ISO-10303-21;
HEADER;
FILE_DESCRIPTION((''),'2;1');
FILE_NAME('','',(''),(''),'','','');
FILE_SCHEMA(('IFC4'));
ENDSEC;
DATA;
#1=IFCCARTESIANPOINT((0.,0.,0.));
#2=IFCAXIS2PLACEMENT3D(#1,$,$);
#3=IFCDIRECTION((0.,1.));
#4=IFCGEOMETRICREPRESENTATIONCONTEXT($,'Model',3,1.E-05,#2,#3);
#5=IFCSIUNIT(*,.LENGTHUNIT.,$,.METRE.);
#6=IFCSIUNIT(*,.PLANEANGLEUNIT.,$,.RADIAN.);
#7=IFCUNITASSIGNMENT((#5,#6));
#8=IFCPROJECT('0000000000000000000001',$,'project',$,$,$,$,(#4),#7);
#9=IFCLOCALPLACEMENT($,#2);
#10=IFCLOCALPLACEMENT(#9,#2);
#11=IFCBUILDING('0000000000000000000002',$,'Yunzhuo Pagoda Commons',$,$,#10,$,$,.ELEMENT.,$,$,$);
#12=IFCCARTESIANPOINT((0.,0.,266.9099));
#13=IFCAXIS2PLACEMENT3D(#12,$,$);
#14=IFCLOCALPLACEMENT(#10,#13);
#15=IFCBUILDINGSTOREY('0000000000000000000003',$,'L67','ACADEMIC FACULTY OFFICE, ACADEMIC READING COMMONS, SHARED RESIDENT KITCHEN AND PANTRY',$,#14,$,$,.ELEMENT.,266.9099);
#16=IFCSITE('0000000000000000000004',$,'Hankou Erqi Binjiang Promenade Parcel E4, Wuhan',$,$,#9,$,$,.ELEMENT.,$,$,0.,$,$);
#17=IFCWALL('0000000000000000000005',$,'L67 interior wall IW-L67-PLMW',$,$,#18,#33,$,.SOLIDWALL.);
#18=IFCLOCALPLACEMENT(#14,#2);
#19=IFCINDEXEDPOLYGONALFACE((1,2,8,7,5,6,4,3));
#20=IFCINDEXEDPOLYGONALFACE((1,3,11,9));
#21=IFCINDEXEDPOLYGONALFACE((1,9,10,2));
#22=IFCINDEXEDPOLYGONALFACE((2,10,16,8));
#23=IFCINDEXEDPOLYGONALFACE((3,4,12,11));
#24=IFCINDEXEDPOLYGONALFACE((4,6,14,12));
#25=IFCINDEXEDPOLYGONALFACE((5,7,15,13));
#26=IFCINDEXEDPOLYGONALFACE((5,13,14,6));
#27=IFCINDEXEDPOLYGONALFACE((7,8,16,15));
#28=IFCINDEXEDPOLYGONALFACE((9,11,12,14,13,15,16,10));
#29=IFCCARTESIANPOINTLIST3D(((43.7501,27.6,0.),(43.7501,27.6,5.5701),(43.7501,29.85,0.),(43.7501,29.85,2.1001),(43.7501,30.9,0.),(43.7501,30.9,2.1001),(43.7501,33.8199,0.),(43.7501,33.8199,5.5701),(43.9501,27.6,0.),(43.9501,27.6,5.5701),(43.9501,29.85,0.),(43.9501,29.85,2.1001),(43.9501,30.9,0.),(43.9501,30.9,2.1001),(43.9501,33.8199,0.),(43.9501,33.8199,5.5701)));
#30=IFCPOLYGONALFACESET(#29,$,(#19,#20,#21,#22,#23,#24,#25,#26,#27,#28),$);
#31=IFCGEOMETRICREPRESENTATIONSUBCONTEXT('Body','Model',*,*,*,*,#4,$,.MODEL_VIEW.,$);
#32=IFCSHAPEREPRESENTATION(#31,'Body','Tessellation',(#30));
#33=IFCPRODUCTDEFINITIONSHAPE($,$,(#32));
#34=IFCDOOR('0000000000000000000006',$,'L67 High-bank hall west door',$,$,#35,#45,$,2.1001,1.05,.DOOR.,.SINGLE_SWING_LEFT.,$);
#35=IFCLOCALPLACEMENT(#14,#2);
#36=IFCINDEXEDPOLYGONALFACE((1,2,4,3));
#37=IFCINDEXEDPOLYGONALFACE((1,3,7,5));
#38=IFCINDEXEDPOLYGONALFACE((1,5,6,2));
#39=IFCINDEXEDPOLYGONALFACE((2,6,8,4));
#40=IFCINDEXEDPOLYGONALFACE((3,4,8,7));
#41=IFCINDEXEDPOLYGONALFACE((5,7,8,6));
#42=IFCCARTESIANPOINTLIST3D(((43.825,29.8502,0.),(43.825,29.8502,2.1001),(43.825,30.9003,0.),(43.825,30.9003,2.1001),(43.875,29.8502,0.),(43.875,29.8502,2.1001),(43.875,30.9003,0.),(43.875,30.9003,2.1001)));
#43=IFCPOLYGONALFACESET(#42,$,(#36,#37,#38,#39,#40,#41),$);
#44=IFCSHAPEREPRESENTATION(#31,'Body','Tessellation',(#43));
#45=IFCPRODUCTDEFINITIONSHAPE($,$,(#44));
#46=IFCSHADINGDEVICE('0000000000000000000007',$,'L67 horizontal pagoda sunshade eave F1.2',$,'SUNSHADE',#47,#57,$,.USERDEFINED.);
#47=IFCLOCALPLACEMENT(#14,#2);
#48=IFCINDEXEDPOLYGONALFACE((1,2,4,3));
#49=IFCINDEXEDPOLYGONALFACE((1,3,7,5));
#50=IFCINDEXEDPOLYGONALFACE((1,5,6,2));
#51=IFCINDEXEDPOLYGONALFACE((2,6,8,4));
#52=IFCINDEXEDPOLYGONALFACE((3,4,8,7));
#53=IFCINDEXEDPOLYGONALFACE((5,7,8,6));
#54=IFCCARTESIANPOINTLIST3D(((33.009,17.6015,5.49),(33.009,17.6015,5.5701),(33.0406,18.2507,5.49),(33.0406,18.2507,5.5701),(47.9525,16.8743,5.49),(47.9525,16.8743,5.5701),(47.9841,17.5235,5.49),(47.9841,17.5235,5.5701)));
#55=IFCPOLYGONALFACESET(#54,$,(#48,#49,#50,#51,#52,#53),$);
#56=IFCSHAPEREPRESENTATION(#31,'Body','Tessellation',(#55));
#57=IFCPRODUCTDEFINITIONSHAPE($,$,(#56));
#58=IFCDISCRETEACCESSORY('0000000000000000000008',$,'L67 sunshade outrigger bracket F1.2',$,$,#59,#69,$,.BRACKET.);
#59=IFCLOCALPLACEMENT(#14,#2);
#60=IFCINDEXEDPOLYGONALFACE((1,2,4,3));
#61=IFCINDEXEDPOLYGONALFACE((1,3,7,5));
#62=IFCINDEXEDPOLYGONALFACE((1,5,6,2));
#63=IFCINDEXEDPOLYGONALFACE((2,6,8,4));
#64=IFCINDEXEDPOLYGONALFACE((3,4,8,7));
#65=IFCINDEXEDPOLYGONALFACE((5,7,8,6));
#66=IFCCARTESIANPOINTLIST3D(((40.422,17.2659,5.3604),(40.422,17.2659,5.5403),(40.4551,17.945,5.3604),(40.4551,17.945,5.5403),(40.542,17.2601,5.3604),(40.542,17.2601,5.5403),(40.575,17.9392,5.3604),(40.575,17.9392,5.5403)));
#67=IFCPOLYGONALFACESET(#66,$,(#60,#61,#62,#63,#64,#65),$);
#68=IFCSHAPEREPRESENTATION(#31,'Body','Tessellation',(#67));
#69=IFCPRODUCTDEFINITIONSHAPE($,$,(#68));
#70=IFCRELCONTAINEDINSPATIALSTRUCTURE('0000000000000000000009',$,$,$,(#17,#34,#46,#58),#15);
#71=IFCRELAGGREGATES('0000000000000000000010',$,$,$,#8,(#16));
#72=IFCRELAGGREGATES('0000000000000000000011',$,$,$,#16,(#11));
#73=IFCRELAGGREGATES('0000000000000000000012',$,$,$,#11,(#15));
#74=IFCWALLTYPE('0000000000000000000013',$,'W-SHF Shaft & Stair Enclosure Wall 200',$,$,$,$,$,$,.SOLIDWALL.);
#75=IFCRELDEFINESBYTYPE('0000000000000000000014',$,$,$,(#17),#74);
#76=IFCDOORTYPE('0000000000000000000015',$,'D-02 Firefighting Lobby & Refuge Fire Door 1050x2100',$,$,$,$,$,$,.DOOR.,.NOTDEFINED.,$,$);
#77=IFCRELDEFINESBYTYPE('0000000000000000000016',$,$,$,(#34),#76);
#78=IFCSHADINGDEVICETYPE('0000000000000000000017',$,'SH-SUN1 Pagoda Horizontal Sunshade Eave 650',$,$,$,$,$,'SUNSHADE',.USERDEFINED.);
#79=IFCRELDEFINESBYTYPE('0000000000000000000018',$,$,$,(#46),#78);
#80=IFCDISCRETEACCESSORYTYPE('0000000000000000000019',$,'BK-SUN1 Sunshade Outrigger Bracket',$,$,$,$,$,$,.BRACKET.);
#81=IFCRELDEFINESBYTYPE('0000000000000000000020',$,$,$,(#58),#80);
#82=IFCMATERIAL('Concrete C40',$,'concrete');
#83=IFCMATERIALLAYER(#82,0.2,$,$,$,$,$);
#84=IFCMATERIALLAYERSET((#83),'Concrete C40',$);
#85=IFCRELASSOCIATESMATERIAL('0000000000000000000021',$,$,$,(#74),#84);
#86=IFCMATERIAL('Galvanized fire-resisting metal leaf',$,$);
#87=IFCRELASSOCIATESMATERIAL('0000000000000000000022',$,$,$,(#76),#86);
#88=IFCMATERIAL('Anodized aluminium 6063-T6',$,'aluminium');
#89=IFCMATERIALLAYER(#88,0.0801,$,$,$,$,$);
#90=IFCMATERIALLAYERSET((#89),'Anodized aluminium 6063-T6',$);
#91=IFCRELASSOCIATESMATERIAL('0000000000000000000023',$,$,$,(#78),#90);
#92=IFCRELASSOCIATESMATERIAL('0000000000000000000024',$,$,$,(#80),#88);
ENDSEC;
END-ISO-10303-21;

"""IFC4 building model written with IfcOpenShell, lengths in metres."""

from ifc_helpers import new_model, si_unit, direction, frame, frame_2d, origin, origin_2d, place, context, subcontext, project, spatial, rectangle, extrude, source, transform, mapped, material, layer, layer_set, type_object, element, fill, save


model = new_model("IFC4")

# Units and contexts
model_context = context("Model", 3, precision=1e-05, world=origin(), true_north=direction((0.0, 1.0)))
body_context = subcontext(model_context, "Body", "Model", "MODEL_VIEW")
ifc_project = project(units=[si_unit("LENGTHUNIT", "METRE"), si_unit("PLANEANGLEUNIT", "RADIAN")], contexts=[model_context])

# Site, building, storey
site_placement = place(None, origin())
site = spatial("IfcSite", under=ifc_project, at=site_placement, Name="Hankou Erqi Binjiang Promenade Parcel E4, Wuhan", CompositionType="ELEMENT", RefElevation=0.0)
building_placement = place(site_placement, origin())
building = spatial("IfcBuilding", under=site, at=building_placement, Name="Yunzhuo Pagoda Commons", CompositionType="ELEMENT")
storey_placement = place(building_placement, frame((0.0, 0.0, 266.9099)))
storey = spatial("IfcBuildingStorey", under=building, at=storey_placement, Name="L67", Description="ACADEMIC FACULTY OFFICE, ACADEMIC READING COMMONS, SHARED RESIDENT KITCHEN AND PANTRY", CompositionType="ELEMENT", Elevation=266.9099)

# Shared definitions
ifc_material_1 = material(Name="Anodized aluminium 6063-T6", Category="aluminium")

# Shared definitions
ifc_material_2 = material(Name="Galvanized fire-resisting metal leaf")

# Wall, opening, door
ifc_material_3 = material(Name="Concrete C40", Category="concrete")
ifc_layer_1 = layer(ifc_material_3, 0.2)
ifc_layer_set_1 = layer_set([ifc_layer_1], Name="Concrete C40")
wall_type_1 = type_object("IfcWallType", Name="W-SHF Shaft & Stair Enclosure Wall 200", PredefinedType="SOLIDWALL", material=ifc_layer_set_1)
wall_1_placement = place(storey_placement, frame((43.8501, 27.6001, 0.0), z_axis=(0.0, 0.0, 1.0), x_axis=(0.0, 1.0, 0.0)))
wall_1 = element("IfcWall", 1, at=wall_1_placement, inside=storey, type_object=wall_type_1, Name="L67 interior wall IW-L67-PLMW", PredefinedType="SOLIDWALL", context=body_context, shape_type="SweptSolid", body=[
    extrude(rectangle(XDim=6.22, YDim=0.2, at=frame_2d((3.1099, 0.0))), origin(), (0.0, 0.0, 1.0), 5.5701),
])
opening_1_placement = place(wall_1_placement, frame((2.25, 0.0, 0.0)))
opening_1 = element("IfcOpeningElement", 2, at=opening_1_placement, cuts=wall_1, PredefinedType="OPENING", context=body_context, shape_type="SweptSolid", body=[
    extrude(rectangle(XDim=1.05, YDim=2.1001, at=frame_2d((0.5249, 1.05))), frame((0.0, 0.1099, 0.0), z_axis=(0.0, -1.0, 0.0), x_axis=(1.0, 0.0, 0.0)), (0.0, 0.0, 1.0), 0.22),
])
door_type_1 = type_object("IfcDoorType", Name="D-02 Firefighting Lobby & Refuge Fire Door 1050x2100", OperationType="NOTDEFINED", PredefinedType="DOOR", material=ifc_material_2)
shared_shape_1 = source(origin(), body_context, "Body", "SweptSolid", [
    extrude(rectangle(XDim=1.05, YDim=2.1001, at=frame_2d((0.5249, 1.05))), frame((0.0, 0.0249, 0.0), z_axis=(0.0, -1.0, 0.0), x_axis=(1.0, 0.0, 0.0)), (0.0, 0.0, 1.0), 0.05),
])
door_1_placement = place(opening_1_placement, frame((1.05, 0.0, 0.0), z_axis=(0.0, 0.0, 1.0), x_axis=(-1.0, 0.0, 0.0)))
door_1 = element("IfcDoor", 3, at=door_1_placement, inside=storey, type_object=door_type_1, Name="L67 High-bank hall west door", OperationType="SINGLE_SWING_LEFT", OverallHeight=2.1001, OverallWidth=1.05, PredefinedType="DOOR", context=body_context, shape_type="MappedRepresentation", body=[
    mapped(shared_shape_1, transform((0.0, 0.0, 0.0), scale=1.0)),
])
fill(opening_1, door_1)

# Shading device
ifc_layer_2 = layer(ifc_material_1, 0.0801)
ifc_layer_set_2 = layer_set([ifc_layer_2], Name="Anodized aluminium 6063-T6")
shading_device_type = type_object("IfcShadingDeviceType", Name="SH-SUN1 Pagoda Horizontal Sunshade Eave 650", ElementType="SUNSHADE", PredefinedType="USERDEFINED", material=ifc_layer_set_2)
shared_shape_2 = source(origin(), body_context, "Body", "SweptSolid", [
    extrude(rectangle(XDim=14.9612, YDim=0.6499, at=origin_2d()), origin(), (0.0, 0.0, 1.0), 0.0801),
])
shading_device_placement = place(storey_placement, frame((40.4966, 17.5625, 5.49), z_axis=(0.0, 0.0, 1.0), x_axis=(0.998818, -0.048606, 0.0)))
element("IfcShadingDevice", 4, at=shading_device_placement, inside=storey, type_object=shading_device_type, Name="L67 horizontal pagoda sunshade eave F1.2", ObjectType="SUNSHADE", PredefinedType="USERDEFINED", context=body_context, shape_type="MappedRepresentation", body=[
    mapped(shared_shape_2, transform((0.0, 0.0, 0.0), scale=1.0)),
])

# Discrete accessory
discrete_accessory_type = type_object("IfcDiscreteAccessoryType", Name="BK-SUN1 Sunshade Outrigger Bracket", PredefinedType="BRACKET", material=ifc_material_1)
shared_shape_3 = source(origin(), body_context, "Body", "SweptSolid", [
    extrude(rectangle(XDim=0.1201, YDim=0.6799, at=origin_2d()), origin(), (0.0, 0.0, 1.0), 0.1799),
])
discrete_accessory_placement = place(storey_placement, frame((40.4985, 17.6025, 5.3604), z_axis=(0.0, 0.0, 1.0), x_axis=(0.998818, -0.048606, 0.0)))
element("IfcDiscreteAccessory", 5, at=discrete_accessory_placement, inside=storey, type_object=discrete_accessory_type, Name="L67 sunshade outrigger bracket F1.2", PredefinedType="BRACKET", context=body_context, shape_type="MappedRepresentation", body=[
    mapped(shared_shape_3, transform((0.0, 0.0, 0.0), scale=1.0)),
])

save(model, "model.ifc")
